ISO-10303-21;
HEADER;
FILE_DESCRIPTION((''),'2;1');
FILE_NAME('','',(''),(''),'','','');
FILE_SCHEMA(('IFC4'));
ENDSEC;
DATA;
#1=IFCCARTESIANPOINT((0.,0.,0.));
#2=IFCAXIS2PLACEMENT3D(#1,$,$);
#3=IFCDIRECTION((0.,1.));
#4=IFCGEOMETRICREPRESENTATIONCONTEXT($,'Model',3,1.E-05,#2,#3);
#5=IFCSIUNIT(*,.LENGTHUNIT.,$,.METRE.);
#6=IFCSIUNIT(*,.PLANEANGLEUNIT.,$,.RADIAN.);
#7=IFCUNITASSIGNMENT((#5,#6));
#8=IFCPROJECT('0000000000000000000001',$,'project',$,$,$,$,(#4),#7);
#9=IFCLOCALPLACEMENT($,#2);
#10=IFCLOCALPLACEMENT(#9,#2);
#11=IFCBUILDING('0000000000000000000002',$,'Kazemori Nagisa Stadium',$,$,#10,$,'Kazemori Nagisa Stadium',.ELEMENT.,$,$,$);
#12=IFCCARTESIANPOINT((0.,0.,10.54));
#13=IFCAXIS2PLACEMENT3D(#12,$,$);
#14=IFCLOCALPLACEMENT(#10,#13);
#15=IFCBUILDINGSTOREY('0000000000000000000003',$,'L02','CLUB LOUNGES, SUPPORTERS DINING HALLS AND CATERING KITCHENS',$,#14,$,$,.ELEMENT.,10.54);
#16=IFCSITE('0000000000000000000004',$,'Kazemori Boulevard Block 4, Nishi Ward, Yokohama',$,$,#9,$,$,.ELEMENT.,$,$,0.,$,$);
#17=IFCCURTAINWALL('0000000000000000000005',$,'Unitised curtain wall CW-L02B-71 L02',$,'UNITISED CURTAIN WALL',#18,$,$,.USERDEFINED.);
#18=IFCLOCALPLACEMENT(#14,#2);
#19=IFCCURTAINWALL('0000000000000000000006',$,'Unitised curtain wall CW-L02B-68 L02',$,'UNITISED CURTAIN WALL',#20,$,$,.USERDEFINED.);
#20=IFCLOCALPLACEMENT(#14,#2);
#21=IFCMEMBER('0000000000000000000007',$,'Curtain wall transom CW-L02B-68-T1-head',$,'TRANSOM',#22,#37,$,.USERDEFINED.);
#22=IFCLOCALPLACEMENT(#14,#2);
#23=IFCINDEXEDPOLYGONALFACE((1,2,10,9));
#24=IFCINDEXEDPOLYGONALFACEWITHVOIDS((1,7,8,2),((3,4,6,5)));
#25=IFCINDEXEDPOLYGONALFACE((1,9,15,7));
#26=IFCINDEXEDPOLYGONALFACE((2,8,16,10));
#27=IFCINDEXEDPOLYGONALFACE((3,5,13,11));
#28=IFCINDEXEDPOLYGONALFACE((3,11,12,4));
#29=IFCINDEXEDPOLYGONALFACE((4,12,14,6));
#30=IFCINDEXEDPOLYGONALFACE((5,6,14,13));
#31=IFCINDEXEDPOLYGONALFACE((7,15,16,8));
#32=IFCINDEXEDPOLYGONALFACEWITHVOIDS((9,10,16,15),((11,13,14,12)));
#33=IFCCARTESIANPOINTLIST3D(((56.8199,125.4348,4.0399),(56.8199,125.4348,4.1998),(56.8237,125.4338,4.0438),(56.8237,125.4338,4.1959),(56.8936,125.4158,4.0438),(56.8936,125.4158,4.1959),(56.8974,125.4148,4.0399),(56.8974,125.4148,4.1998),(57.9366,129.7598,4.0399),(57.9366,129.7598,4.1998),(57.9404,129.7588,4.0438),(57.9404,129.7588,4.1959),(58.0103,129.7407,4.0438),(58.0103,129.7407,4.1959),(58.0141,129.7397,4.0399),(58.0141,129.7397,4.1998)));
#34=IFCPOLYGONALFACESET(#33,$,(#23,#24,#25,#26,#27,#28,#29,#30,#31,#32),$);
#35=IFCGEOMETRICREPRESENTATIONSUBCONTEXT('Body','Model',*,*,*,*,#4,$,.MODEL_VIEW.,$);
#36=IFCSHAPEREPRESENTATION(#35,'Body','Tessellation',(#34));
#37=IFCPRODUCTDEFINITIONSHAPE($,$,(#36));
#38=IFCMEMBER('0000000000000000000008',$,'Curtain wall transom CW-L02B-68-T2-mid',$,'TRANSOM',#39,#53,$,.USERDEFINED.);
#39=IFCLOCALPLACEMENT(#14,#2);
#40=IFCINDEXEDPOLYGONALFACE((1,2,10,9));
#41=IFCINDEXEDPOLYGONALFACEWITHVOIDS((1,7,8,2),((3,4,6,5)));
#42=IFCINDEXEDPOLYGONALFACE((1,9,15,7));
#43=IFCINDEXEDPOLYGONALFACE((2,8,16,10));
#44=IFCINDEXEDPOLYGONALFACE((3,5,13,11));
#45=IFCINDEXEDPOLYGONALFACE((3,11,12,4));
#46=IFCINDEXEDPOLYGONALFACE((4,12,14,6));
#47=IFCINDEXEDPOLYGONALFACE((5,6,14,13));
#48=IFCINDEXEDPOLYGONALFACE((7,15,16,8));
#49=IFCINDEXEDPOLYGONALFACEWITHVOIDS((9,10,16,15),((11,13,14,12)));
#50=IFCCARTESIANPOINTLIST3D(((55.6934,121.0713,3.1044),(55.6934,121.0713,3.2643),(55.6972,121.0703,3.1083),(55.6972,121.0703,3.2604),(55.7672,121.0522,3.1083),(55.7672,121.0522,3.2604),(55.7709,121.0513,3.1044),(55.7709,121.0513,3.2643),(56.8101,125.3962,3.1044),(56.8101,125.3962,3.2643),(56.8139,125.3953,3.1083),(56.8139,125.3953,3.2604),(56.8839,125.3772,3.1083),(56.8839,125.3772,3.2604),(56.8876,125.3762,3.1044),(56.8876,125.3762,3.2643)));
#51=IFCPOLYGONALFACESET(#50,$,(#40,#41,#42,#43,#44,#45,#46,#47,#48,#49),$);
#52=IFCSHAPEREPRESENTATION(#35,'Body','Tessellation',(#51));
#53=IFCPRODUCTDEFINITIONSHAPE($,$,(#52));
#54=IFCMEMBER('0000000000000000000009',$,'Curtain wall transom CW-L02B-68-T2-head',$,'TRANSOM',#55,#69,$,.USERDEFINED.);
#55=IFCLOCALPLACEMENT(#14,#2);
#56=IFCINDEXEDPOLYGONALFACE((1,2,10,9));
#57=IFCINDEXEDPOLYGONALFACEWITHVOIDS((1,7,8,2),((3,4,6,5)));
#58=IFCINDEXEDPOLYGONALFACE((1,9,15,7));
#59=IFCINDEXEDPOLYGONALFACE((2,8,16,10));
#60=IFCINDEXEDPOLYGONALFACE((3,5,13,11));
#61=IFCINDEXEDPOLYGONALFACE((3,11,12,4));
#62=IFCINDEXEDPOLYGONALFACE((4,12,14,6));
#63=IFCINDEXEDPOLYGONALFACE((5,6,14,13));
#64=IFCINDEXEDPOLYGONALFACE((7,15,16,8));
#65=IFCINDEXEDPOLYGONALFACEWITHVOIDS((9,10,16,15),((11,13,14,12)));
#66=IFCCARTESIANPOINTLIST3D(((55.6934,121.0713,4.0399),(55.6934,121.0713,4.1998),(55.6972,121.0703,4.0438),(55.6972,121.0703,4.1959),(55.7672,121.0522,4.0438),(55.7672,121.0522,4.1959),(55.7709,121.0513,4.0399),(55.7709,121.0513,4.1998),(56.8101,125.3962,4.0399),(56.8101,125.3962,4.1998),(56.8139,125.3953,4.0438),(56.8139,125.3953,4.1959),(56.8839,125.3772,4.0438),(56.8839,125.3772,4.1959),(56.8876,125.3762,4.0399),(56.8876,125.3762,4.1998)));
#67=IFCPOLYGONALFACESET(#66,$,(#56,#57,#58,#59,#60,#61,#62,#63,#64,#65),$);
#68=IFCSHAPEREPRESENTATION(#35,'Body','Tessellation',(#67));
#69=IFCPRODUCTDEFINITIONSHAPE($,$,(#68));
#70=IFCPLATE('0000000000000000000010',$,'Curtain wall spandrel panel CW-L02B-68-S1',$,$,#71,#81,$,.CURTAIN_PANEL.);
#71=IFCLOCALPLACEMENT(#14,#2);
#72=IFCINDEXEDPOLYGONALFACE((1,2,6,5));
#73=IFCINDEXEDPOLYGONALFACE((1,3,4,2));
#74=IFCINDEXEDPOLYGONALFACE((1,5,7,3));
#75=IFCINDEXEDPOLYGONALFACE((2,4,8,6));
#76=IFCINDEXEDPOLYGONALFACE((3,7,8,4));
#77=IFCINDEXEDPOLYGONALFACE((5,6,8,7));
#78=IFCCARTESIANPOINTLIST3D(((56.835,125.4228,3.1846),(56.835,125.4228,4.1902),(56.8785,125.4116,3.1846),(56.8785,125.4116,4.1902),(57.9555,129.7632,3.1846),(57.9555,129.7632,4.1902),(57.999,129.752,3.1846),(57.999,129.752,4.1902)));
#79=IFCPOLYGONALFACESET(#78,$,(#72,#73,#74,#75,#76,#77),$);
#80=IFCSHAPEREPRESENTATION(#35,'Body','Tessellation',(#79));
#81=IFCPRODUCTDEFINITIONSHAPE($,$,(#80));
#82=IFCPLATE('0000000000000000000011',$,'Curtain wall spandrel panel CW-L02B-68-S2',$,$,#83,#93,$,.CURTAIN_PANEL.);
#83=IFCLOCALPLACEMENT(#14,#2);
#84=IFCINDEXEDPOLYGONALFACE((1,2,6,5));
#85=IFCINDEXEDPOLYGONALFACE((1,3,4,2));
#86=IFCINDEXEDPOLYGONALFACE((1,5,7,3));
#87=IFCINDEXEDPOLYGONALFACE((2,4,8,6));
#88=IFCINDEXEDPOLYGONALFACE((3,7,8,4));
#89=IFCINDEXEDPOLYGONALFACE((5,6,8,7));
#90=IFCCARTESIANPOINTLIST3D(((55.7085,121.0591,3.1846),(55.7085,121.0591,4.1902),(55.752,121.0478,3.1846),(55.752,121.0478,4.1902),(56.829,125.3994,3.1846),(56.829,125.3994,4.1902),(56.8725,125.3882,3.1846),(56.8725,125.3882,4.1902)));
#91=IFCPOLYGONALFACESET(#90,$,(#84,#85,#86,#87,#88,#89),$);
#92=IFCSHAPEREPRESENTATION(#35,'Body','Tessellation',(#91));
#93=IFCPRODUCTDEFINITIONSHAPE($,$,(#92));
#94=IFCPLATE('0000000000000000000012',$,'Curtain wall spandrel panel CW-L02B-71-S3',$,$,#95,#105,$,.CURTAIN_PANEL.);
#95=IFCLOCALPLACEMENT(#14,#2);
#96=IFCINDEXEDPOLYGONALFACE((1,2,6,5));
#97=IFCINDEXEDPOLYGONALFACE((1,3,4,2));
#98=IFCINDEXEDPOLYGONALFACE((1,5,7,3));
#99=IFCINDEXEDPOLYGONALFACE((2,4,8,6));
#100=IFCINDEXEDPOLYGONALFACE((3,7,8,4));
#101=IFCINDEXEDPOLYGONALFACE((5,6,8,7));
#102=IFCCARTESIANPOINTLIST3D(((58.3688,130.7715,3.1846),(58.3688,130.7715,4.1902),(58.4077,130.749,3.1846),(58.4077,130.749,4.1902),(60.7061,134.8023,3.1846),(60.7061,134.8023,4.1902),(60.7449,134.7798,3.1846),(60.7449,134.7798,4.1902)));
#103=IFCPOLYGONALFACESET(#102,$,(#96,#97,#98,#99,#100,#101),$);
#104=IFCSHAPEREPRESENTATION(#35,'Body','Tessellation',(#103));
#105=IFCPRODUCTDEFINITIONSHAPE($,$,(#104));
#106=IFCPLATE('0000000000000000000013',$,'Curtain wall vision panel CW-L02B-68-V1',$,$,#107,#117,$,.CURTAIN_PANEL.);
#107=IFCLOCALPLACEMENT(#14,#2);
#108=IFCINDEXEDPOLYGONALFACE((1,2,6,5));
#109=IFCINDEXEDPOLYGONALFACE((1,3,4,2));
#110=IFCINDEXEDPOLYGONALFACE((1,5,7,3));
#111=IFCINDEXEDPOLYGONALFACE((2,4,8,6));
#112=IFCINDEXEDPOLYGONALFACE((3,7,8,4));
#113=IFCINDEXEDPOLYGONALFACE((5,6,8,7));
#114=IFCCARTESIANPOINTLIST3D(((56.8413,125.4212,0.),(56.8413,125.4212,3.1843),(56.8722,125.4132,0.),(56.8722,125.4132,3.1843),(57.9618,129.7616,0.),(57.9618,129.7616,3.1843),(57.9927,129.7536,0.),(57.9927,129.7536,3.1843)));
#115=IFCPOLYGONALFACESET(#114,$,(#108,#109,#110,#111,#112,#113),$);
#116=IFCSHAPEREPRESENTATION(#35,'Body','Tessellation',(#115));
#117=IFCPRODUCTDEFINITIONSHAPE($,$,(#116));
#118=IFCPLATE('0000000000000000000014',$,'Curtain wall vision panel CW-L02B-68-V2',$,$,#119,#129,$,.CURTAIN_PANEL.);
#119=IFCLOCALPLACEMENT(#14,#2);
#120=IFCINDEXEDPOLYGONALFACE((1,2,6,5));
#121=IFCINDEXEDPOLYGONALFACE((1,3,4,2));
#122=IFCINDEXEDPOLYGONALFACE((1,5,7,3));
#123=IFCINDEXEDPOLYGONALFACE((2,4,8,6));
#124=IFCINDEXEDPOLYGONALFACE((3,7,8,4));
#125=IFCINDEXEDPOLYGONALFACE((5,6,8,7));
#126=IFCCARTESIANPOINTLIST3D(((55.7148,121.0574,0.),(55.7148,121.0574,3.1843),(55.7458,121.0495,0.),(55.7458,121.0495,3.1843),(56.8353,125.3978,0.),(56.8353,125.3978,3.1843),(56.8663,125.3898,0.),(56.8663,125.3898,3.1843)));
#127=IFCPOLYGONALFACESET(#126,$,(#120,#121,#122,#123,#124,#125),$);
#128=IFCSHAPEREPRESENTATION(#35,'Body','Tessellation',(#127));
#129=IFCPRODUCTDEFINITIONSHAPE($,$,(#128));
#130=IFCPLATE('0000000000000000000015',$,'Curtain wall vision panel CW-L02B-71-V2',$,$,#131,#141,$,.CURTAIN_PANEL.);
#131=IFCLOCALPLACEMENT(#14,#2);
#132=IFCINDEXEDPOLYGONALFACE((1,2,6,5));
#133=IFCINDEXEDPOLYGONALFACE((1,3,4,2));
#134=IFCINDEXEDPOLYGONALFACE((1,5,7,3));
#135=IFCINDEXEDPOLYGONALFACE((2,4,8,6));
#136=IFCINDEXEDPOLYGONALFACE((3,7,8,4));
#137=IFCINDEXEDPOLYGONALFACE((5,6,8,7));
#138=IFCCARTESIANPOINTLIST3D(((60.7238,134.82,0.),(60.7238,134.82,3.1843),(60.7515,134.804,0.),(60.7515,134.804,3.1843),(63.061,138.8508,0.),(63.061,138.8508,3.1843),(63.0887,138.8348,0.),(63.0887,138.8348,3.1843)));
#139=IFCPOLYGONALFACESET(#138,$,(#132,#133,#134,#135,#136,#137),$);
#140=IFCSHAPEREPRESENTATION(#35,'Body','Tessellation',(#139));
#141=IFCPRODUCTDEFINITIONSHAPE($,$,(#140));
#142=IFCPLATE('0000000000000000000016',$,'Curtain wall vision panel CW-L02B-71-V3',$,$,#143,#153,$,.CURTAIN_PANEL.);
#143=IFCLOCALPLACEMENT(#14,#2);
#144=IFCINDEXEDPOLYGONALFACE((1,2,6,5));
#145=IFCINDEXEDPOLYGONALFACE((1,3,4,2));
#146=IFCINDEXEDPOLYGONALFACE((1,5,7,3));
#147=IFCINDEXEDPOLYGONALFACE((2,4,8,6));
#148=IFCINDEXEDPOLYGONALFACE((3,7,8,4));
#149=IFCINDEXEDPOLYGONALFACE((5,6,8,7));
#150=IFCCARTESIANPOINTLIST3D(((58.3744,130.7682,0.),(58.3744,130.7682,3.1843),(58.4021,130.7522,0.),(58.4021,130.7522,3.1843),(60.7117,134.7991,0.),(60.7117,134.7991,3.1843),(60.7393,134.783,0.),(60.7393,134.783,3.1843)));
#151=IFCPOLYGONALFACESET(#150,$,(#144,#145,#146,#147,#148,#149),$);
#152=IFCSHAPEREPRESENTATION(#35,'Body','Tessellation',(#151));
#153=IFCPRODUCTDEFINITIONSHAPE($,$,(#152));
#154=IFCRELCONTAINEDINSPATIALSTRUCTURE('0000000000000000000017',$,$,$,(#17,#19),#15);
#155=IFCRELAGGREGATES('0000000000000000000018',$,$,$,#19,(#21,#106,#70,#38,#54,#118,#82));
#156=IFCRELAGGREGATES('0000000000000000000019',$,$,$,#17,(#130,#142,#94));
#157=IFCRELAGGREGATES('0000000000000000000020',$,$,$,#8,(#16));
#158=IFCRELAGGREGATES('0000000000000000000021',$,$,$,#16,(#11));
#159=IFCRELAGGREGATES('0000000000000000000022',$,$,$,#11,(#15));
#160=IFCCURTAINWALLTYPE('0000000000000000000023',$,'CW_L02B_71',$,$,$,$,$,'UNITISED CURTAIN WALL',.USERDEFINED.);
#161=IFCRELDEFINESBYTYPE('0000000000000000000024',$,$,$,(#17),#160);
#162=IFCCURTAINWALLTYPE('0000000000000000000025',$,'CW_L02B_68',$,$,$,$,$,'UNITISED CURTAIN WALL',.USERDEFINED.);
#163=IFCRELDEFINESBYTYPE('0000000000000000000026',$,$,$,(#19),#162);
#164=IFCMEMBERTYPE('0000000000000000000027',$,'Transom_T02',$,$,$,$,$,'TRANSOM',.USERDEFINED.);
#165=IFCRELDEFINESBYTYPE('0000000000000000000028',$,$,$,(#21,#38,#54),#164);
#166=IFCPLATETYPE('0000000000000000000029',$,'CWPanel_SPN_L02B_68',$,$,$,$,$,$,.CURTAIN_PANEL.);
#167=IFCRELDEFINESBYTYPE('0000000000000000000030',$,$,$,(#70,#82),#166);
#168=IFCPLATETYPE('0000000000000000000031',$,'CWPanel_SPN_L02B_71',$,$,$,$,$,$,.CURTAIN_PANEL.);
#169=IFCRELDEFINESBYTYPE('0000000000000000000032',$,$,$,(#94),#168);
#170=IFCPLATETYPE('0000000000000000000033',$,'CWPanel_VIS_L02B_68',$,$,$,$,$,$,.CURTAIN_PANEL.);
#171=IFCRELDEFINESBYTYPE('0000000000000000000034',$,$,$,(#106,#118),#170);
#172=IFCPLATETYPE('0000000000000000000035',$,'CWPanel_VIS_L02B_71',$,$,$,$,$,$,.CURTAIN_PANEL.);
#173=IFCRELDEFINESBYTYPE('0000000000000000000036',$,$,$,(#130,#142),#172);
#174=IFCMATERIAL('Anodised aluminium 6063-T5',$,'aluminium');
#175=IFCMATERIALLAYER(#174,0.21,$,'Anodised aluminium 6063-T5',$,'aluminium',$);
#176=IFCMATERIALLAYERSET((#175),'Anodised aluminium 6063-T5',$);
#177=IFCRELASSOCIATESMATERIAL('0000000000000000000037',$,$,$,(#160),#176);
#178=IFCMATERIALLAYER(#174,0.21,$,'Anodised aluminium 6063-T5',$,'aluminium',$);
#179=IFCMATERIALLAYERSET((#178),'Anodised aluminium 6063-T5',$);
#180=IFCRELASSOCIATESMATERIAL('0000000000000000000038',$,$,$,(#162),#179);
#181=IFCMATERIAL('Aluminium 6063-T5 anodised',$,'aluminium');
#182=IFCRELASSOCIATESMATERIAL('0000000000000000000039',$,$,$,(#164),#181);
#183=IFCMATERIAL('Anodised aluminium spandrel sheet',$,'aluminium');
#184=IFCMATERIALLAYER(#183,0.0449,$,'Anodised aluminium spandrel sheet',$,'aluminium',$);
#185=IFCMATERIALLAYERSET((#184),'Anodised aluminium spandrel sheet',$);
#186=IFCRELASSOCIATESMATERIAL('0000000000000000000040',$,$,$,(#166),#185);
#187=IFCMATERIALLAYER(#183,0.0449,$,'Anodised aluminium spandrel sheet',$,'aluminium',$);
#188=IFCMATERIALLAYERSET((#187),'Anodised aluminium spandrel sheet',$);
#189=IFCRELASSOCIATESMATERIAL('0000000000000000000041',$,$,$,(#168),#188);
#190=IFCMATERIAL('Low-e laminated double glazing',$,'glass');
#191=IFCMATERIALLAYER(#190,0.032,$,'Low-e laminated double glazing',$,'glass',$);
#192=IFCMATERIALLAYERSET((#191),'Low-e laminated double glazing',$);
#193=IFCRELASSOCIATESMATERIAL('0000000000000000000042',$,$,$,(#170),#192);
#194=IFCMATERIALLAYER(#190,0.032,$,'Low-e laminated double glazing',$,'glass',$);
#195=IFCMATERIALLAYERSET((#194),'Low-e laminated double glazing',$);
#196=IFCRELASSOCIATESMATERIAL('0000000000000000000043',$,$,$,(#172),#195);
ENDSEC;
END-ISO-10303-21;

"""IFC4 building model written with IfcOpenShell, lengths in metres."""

from ifc_helpers import new_model, si_unit, direction, frame, origin, origin_2d, place, context, subcontext, project, spatial, rectangle, hollow_rectangle, extrude, material, layer, layer_set, material_profile, profile_set, type_object, element, aggregate, save


model = new_model("IFC4")

# Units and contexts
model_context = context("Model", 3, precision=1e-05, world=origin(), true_north=direction((0.0, 1.0)))
body_context = subcontext(model_context, "Body", "Model", "MODEL_VIEW")
ifc_project = project(units=[si_unit("LENGTHUNIT", "METRE"), si_unit("PLANEANGLEUNIT", "RADIAN")], contexts=[model_context])

# Site, building, storey
site_placement = place(None, origin())
site = spatial("IfcSite", under=ifc_project, at=site_placement, Name="Kazemori Boulevard Block 4, Nishi Ward, Yokohama", CompositionType="ELEMENT", RefElevation=0.0)
building_placement = place(site_placement, origin())
building = spatial("IfcBuilding", under=site, at=building_placement, Name="Kazemori Nagisa Stadium", LongName="Kazemori Nagisa Stadium", CompositionType="ELEMENT")
storey_placement = place(building_placement, frame((0.0, 0.0, 10.54)))
storey = spatial("IfcBuildingStorey", under=building, at=storey_placement, Name="L02", Description="CLUB LOUNGES, SUPPORTERS DINING HALLS AND CATERING KITCHENS", CompositionType="ELEMENT", Elevation=10.54)

# Curtain walls
ifc_material_1 = material(Name="Anodised aluminium 6063-T5", Category="aluminium")
ifc_layer_1 = layer(ifc_material_1, 0.21, Name="Anodised aluminium 6063-T5", Category="aluminium")
ifc_layer_set_1 = layer_set([ifc_layer_1], Name="Anodised aluminium 6063-T5")
curtain_wall_type_1 = type_object("IfcCurtainWallType", Name="CW_L02B_71", ElementType="UNITISED CURTAIN WALL", PredefinedType="USERDEFINED", material=ifc_layer_set_1)
curtain_wall_1_placement = place(storey_placement, origin())
curtain_wall_1 = element("IfcCurtainWall", 1, at=curtain_wall_1_placement, inside=storey, type_object=curtain_wall_type_1, Name="Unitised curtain wall CW-L02B-71 L02", ObjectType="UNITISED CURTAIN WALL", PredefinedType="USERDEFINED")
ifc_material_2 = material(Name="Aluminium 6063-T5 anodised", Category="aluminium")
ifc_layer_2 = layer(ifc_material_1, 0.21, Name="Anodised aluminium 6063-T5", Category="aluminium")
ifc_layer_set_2 = layer_set([ifc_layer_2], Name="Anodised aluminium 6063-T5")
curtain_wall_type_2 = type_object("IfcCurtainWallType", Name="CW_L02B_68", ElementType="UNITISED CURTAIN WALL", PredefinedType="USERDEFINED", material=ifc_layer_set_2)
curtain_wall_2_placement = place(storey_placement, origin())
curtain_wall_2 = element("IfcCurtainWall", 2, at=curtain_wall_2_placement, inside=storey, type_object=curtain_wall_type_2, Name="Unitised curtain wall CW-L02B-68 L02", ObjectType="UNITISED CURTAIN WALL", PredefinedType="USERDEFINED")

# Members
ifc_material_profile_1 = material_profile(ifc_material_2, hollow_rectangle(XDim=0.0801, YDim=0.1599, WallThickness=0.0039, at=origin_2d()), Name="ALU-TRAN-80x160x4")
ifc_profile_set_1 = profile_set([ifc_material_profile_1], Name="Aluminium 6063-T5 anodised")
member_type_1 = type_object("IfcMemberType", Name="Transom_T02", ElementType="TRANSOM", PredefinedType="USERDEFINED", material=ifc_profile_set_1)
member_1_placement = place(storey_placement, frame((57.9753, 129.7498, 4.1199), z_axis=(-0.25, -0.968246, 0.0), x_axis=(0.968246, -0.25, 0.0)))
member_1 = element("IfcMember", 3, at=member_1_placement, type_object=member_type_1, Name="Curtain wall transom CW-L02B-68-T1-head", ObjectType="TRANSOM", PredefinedType="USERDEFINED", context=body_context, shape_type="SweptSolid", body=[
    extrude(hollow_rectangle(XDim=0.0801, YDim=0.1599, WallThickness=0.0039, at=origin_2d()), origin(), (0.0, 0.0, 1.0), 4.4668),
])
member_2_placement = place(storey_placement, frame((56.8489, 125.3862, 3.1843), z_axis=(-0.25, -0.968246, 0.0), x_axis=(0.968246, -0.25, 0.0)))
member_2 = element("IfcMember", 4, at=member_2_placement, type_object=member_type_1, Name="Curtain wall transom CW-L02B-68-T2-mid", ObjectType="TRANSOM", PredefinedType="USERDEFINED", context=body_context, shape_type="SweptSolid", body=[
    extrude(hollow_rectangle(XDim=0.0801, YDim=0.1599, WallThickness=0.0039, at=origin_2d()), origin(), (0.0, 0.0, 1.0), 4.4668),
])
member_3_placement = place(storey_placement, frame((56.8489, 125.3862, 4.1199), z_axis=(-0.25, -0.968246, 0.0), x_axis=(0.968246, -0.25, 0.0)))
member_3 = element("IfcMember", 5, at=member_3_placement, type_object=member_type_1, Name="Curtain wall transom CW-L02B-68-T2-head", ObjectType="TRANSOM", PredefinedType="USERDEFINED", context=body_context, shape_type="SweptSolid", body=[
    extrude(hollow_rectangle(XDim=0.0801, YDim=0.1599, WallThickness=0.0039, at=origin_2d()), origin(), (0.0, 0.0, 1.0), 4.4668),
])

# Plates
ifc_material_3 = material(Name="Anodised aluminium spandrel sheet", Category="aluminium")
ifc_layer_3 = layer(ifc_material_3, 0.0449, Name="Anodised aluminium spandrel sheet", Category="aluminium")
ifc_layer_set_3 = layer_set([ifc_layer_3], Name="Anodised aluminium spandrel sheet")
plate_type_1 = type_object("IfcPlateType", Name="CWPanel_SPN_L02B_68", PredefinedType="CURTAIN_PANEL", material=ifc_layer_set_3)
plate_1_placement = place(storey_placement, frame((57.417, 127.5874, 3.1846), z_axis=(0.0, 0.0, 1.0), x_axis=(-0.249965, -0.968255, 0.0)))
plate_1 = element("IfcPlate", 6, at=plate_1_placement, type_object=plate_type_1, Name="Curtain wall spandrel panel CW-L02B-68-S1", PredefinedType="CURTAIN_PANEL", context=body_context, shape_type="SweptSolid", body=[
    extrude(rectangle(XDim=4.4827, YDim=0.0449, at=origin_2d()), origin(), (0.0, 0.0, 1.0), 1.0056),
])
plate_2_placement = place(storey_placement, frame((56.2905, 123.2236, 3.1846), z_axis=(0.0, 0.0, 1.0), x_axis=(-0.249965, -0.968255, 0.0)))
plate_2 = element("IfcPlate", 7, at=plate_2_placement, type_object=plate_type_1, Name="Curtain wall spandrel panel CW-L02B-68-S2", PredefinedType="CURTAIN_PANEL", context=body_context, shape_type="SweptSolid", body=[
    extrude(rectangle(XDim=4.4827, YDim=0.0449, at=origin_2d()), origin(), (0.0, 0.0, 1.0), 1.0056),
])
ifc_layer_4 = layer(ifc_material_3, 0.0449, Name="Anodised aluminium spandrel sheet", Category="aluminium")
ifc_layer_set_4 = layer_set([ifc_layer_4], Name="Anodised aluminium spandrel sheet")
plate_type_2 = type_object("IfcPlateType", Name="CWPanel_SPN_L02B_71", PredefinedType="CURTAIN_PANEL", material=ifc_layer_set_4)
plate_3_placement = place(storey_placement, frame((59.5569, 132.7756, 3.1846), z_axis=(0.0, 0.0, 1.0), x_axis=(-0.501612, -0.865093, 0.0)))
plate_3 = element("IfcPlate", 8, at=plate_3_placement, type_object=plate_type_2, Name="Curtain wall spandrel panel CW-L02B-71-S3", PredefinedType="CURTAIN_PANEL", context=body_context, shape_type="SweptSolid", body=[
    extrude(rectangle(XDim=4.6594, YDim=0.0449, at=origin_2d()), origin(), (0.0, 0.0, 1.0), 1.0056),
])
ifc_material_4 = material(Name="Low-e laminated double glazing", Category="glass")
ifc_layer_5 = layer(ifc_material_4, 0.032, Name="Low-e laminated double glazing", Category="glass")
ifc_layer_set_5 = layer_set([ifc_layer_5], Name="Low-e laminated double glazing")
plate_type_3 = type_object("IfcPlateType", Name="CWPanel_VIS_L02B_68", PredefinedType="CURTAIN_PANEL", material=ifc_layer_set_5)
plate_4_placement = place(storey_placement, frame((57.417, 127.5874, 0.0), z_axis=(0.0, 0.0, 1.0), x_axis=(-0.249965, -0.968255, 0.0)))
plate_4 = element("IfcPlate", 9, at=plate_4_placement, type_object=plate_type_3, Name="Curtain wall vision panel CW-L02B-68-V1", PredefinedType="CURTAIN_PANEL", context=body_context, shape_type="SweptSolid", body=[
    extrude(rectangle(XDim=4.4827, YDim=0.032, at=origin_2d()), origin(), (0.0, 0.0, 1.0), 3.1843),
])
plate_5_placement = place(storey_placement, frame((56.2905, 123.2236, 0.0), z_axis=(0.0, 0.0, 1.0), x_axis=(-0.249965, -0.968255, 0.0)))
plate_5 = element("IfcPlate", 10, at=plate_5_placement, type_object=plate_type_3, Name="Curtain wall vision panel CW-L02B-68-V2", PredefinedType="CURTAIN_PANEL", context=body_context, shape_type="SweptSolid", body=[
    extrude(rectangle(XDim=4.4827, YDim=0.032, at=origin_2d()), origin(), (0.0, 0.0, 1.0), 3.1843),
])
aggregate(curtain_wall_2, [member_1, plate_4, plate_1, member_2, member_3, plate_5, plate_2])
ifc_layer_6 = layer(ifc_material_4, 0.032, Name="Low-e laminated double glazing", Category="glass")
ifc_layer_set_6 = layer_set([ifc_layer_6], Name="Low-e laminated double glazing")
plate_type_4 = type_object("IfcPlateType", Name="CWPanel_VIS_L02B_71", PredefinedType="CURTAIN_PANEL", material=ifc_layer_set_6)
plate_6_placement = place(storey_placement, frame((61.9062, 136.8274, 0.0), z_axis=(0.0, 0.0, 1.0), x_axis=(-0.501612, -0.865093, 0.0)))
plate_6 = element("IfcPlate", 11, at=plate_6_placement, type_object=plate_type_4, Name="Curtain wall vision panel CW-L02B-71-V2", PredefinedType="CURTAIN_PANEL", context=body_context, shape_type="SweptSolid", body=[
    extrude(rectangle(XDim=4.6594, YDim=0.032, at=origin_2d()), origin(), (0.0, 0.0, 1.0), 3.1843),
])
plate_7_placement = place(storey_placement, frame((59.5569, 132.7756, 0.0), z_axis=(0.0, 0.0, 1.0), x_axis=(-0.501612, -0.865093, 0.0)))
plate_7 = element("IfcPlate", 12, at=plate_7_placement, type_object=plate_type_4, Name="Curtain wall vision panel CW-L02B-71-V3", PredefinedType="CURTAIN_PANEL", context=body_context, shape_type="SweptSolid", body=[
    extrude(rectangle(XDim=4.6594, YDim=0.032, at=origin_2d()), origin(), (0.0, 0.0, 1.0), 3.1843),
])
aggregate(curtain_wall_1, [plate_6, plate_7, plate_3])

save(model, "model.ifc")
